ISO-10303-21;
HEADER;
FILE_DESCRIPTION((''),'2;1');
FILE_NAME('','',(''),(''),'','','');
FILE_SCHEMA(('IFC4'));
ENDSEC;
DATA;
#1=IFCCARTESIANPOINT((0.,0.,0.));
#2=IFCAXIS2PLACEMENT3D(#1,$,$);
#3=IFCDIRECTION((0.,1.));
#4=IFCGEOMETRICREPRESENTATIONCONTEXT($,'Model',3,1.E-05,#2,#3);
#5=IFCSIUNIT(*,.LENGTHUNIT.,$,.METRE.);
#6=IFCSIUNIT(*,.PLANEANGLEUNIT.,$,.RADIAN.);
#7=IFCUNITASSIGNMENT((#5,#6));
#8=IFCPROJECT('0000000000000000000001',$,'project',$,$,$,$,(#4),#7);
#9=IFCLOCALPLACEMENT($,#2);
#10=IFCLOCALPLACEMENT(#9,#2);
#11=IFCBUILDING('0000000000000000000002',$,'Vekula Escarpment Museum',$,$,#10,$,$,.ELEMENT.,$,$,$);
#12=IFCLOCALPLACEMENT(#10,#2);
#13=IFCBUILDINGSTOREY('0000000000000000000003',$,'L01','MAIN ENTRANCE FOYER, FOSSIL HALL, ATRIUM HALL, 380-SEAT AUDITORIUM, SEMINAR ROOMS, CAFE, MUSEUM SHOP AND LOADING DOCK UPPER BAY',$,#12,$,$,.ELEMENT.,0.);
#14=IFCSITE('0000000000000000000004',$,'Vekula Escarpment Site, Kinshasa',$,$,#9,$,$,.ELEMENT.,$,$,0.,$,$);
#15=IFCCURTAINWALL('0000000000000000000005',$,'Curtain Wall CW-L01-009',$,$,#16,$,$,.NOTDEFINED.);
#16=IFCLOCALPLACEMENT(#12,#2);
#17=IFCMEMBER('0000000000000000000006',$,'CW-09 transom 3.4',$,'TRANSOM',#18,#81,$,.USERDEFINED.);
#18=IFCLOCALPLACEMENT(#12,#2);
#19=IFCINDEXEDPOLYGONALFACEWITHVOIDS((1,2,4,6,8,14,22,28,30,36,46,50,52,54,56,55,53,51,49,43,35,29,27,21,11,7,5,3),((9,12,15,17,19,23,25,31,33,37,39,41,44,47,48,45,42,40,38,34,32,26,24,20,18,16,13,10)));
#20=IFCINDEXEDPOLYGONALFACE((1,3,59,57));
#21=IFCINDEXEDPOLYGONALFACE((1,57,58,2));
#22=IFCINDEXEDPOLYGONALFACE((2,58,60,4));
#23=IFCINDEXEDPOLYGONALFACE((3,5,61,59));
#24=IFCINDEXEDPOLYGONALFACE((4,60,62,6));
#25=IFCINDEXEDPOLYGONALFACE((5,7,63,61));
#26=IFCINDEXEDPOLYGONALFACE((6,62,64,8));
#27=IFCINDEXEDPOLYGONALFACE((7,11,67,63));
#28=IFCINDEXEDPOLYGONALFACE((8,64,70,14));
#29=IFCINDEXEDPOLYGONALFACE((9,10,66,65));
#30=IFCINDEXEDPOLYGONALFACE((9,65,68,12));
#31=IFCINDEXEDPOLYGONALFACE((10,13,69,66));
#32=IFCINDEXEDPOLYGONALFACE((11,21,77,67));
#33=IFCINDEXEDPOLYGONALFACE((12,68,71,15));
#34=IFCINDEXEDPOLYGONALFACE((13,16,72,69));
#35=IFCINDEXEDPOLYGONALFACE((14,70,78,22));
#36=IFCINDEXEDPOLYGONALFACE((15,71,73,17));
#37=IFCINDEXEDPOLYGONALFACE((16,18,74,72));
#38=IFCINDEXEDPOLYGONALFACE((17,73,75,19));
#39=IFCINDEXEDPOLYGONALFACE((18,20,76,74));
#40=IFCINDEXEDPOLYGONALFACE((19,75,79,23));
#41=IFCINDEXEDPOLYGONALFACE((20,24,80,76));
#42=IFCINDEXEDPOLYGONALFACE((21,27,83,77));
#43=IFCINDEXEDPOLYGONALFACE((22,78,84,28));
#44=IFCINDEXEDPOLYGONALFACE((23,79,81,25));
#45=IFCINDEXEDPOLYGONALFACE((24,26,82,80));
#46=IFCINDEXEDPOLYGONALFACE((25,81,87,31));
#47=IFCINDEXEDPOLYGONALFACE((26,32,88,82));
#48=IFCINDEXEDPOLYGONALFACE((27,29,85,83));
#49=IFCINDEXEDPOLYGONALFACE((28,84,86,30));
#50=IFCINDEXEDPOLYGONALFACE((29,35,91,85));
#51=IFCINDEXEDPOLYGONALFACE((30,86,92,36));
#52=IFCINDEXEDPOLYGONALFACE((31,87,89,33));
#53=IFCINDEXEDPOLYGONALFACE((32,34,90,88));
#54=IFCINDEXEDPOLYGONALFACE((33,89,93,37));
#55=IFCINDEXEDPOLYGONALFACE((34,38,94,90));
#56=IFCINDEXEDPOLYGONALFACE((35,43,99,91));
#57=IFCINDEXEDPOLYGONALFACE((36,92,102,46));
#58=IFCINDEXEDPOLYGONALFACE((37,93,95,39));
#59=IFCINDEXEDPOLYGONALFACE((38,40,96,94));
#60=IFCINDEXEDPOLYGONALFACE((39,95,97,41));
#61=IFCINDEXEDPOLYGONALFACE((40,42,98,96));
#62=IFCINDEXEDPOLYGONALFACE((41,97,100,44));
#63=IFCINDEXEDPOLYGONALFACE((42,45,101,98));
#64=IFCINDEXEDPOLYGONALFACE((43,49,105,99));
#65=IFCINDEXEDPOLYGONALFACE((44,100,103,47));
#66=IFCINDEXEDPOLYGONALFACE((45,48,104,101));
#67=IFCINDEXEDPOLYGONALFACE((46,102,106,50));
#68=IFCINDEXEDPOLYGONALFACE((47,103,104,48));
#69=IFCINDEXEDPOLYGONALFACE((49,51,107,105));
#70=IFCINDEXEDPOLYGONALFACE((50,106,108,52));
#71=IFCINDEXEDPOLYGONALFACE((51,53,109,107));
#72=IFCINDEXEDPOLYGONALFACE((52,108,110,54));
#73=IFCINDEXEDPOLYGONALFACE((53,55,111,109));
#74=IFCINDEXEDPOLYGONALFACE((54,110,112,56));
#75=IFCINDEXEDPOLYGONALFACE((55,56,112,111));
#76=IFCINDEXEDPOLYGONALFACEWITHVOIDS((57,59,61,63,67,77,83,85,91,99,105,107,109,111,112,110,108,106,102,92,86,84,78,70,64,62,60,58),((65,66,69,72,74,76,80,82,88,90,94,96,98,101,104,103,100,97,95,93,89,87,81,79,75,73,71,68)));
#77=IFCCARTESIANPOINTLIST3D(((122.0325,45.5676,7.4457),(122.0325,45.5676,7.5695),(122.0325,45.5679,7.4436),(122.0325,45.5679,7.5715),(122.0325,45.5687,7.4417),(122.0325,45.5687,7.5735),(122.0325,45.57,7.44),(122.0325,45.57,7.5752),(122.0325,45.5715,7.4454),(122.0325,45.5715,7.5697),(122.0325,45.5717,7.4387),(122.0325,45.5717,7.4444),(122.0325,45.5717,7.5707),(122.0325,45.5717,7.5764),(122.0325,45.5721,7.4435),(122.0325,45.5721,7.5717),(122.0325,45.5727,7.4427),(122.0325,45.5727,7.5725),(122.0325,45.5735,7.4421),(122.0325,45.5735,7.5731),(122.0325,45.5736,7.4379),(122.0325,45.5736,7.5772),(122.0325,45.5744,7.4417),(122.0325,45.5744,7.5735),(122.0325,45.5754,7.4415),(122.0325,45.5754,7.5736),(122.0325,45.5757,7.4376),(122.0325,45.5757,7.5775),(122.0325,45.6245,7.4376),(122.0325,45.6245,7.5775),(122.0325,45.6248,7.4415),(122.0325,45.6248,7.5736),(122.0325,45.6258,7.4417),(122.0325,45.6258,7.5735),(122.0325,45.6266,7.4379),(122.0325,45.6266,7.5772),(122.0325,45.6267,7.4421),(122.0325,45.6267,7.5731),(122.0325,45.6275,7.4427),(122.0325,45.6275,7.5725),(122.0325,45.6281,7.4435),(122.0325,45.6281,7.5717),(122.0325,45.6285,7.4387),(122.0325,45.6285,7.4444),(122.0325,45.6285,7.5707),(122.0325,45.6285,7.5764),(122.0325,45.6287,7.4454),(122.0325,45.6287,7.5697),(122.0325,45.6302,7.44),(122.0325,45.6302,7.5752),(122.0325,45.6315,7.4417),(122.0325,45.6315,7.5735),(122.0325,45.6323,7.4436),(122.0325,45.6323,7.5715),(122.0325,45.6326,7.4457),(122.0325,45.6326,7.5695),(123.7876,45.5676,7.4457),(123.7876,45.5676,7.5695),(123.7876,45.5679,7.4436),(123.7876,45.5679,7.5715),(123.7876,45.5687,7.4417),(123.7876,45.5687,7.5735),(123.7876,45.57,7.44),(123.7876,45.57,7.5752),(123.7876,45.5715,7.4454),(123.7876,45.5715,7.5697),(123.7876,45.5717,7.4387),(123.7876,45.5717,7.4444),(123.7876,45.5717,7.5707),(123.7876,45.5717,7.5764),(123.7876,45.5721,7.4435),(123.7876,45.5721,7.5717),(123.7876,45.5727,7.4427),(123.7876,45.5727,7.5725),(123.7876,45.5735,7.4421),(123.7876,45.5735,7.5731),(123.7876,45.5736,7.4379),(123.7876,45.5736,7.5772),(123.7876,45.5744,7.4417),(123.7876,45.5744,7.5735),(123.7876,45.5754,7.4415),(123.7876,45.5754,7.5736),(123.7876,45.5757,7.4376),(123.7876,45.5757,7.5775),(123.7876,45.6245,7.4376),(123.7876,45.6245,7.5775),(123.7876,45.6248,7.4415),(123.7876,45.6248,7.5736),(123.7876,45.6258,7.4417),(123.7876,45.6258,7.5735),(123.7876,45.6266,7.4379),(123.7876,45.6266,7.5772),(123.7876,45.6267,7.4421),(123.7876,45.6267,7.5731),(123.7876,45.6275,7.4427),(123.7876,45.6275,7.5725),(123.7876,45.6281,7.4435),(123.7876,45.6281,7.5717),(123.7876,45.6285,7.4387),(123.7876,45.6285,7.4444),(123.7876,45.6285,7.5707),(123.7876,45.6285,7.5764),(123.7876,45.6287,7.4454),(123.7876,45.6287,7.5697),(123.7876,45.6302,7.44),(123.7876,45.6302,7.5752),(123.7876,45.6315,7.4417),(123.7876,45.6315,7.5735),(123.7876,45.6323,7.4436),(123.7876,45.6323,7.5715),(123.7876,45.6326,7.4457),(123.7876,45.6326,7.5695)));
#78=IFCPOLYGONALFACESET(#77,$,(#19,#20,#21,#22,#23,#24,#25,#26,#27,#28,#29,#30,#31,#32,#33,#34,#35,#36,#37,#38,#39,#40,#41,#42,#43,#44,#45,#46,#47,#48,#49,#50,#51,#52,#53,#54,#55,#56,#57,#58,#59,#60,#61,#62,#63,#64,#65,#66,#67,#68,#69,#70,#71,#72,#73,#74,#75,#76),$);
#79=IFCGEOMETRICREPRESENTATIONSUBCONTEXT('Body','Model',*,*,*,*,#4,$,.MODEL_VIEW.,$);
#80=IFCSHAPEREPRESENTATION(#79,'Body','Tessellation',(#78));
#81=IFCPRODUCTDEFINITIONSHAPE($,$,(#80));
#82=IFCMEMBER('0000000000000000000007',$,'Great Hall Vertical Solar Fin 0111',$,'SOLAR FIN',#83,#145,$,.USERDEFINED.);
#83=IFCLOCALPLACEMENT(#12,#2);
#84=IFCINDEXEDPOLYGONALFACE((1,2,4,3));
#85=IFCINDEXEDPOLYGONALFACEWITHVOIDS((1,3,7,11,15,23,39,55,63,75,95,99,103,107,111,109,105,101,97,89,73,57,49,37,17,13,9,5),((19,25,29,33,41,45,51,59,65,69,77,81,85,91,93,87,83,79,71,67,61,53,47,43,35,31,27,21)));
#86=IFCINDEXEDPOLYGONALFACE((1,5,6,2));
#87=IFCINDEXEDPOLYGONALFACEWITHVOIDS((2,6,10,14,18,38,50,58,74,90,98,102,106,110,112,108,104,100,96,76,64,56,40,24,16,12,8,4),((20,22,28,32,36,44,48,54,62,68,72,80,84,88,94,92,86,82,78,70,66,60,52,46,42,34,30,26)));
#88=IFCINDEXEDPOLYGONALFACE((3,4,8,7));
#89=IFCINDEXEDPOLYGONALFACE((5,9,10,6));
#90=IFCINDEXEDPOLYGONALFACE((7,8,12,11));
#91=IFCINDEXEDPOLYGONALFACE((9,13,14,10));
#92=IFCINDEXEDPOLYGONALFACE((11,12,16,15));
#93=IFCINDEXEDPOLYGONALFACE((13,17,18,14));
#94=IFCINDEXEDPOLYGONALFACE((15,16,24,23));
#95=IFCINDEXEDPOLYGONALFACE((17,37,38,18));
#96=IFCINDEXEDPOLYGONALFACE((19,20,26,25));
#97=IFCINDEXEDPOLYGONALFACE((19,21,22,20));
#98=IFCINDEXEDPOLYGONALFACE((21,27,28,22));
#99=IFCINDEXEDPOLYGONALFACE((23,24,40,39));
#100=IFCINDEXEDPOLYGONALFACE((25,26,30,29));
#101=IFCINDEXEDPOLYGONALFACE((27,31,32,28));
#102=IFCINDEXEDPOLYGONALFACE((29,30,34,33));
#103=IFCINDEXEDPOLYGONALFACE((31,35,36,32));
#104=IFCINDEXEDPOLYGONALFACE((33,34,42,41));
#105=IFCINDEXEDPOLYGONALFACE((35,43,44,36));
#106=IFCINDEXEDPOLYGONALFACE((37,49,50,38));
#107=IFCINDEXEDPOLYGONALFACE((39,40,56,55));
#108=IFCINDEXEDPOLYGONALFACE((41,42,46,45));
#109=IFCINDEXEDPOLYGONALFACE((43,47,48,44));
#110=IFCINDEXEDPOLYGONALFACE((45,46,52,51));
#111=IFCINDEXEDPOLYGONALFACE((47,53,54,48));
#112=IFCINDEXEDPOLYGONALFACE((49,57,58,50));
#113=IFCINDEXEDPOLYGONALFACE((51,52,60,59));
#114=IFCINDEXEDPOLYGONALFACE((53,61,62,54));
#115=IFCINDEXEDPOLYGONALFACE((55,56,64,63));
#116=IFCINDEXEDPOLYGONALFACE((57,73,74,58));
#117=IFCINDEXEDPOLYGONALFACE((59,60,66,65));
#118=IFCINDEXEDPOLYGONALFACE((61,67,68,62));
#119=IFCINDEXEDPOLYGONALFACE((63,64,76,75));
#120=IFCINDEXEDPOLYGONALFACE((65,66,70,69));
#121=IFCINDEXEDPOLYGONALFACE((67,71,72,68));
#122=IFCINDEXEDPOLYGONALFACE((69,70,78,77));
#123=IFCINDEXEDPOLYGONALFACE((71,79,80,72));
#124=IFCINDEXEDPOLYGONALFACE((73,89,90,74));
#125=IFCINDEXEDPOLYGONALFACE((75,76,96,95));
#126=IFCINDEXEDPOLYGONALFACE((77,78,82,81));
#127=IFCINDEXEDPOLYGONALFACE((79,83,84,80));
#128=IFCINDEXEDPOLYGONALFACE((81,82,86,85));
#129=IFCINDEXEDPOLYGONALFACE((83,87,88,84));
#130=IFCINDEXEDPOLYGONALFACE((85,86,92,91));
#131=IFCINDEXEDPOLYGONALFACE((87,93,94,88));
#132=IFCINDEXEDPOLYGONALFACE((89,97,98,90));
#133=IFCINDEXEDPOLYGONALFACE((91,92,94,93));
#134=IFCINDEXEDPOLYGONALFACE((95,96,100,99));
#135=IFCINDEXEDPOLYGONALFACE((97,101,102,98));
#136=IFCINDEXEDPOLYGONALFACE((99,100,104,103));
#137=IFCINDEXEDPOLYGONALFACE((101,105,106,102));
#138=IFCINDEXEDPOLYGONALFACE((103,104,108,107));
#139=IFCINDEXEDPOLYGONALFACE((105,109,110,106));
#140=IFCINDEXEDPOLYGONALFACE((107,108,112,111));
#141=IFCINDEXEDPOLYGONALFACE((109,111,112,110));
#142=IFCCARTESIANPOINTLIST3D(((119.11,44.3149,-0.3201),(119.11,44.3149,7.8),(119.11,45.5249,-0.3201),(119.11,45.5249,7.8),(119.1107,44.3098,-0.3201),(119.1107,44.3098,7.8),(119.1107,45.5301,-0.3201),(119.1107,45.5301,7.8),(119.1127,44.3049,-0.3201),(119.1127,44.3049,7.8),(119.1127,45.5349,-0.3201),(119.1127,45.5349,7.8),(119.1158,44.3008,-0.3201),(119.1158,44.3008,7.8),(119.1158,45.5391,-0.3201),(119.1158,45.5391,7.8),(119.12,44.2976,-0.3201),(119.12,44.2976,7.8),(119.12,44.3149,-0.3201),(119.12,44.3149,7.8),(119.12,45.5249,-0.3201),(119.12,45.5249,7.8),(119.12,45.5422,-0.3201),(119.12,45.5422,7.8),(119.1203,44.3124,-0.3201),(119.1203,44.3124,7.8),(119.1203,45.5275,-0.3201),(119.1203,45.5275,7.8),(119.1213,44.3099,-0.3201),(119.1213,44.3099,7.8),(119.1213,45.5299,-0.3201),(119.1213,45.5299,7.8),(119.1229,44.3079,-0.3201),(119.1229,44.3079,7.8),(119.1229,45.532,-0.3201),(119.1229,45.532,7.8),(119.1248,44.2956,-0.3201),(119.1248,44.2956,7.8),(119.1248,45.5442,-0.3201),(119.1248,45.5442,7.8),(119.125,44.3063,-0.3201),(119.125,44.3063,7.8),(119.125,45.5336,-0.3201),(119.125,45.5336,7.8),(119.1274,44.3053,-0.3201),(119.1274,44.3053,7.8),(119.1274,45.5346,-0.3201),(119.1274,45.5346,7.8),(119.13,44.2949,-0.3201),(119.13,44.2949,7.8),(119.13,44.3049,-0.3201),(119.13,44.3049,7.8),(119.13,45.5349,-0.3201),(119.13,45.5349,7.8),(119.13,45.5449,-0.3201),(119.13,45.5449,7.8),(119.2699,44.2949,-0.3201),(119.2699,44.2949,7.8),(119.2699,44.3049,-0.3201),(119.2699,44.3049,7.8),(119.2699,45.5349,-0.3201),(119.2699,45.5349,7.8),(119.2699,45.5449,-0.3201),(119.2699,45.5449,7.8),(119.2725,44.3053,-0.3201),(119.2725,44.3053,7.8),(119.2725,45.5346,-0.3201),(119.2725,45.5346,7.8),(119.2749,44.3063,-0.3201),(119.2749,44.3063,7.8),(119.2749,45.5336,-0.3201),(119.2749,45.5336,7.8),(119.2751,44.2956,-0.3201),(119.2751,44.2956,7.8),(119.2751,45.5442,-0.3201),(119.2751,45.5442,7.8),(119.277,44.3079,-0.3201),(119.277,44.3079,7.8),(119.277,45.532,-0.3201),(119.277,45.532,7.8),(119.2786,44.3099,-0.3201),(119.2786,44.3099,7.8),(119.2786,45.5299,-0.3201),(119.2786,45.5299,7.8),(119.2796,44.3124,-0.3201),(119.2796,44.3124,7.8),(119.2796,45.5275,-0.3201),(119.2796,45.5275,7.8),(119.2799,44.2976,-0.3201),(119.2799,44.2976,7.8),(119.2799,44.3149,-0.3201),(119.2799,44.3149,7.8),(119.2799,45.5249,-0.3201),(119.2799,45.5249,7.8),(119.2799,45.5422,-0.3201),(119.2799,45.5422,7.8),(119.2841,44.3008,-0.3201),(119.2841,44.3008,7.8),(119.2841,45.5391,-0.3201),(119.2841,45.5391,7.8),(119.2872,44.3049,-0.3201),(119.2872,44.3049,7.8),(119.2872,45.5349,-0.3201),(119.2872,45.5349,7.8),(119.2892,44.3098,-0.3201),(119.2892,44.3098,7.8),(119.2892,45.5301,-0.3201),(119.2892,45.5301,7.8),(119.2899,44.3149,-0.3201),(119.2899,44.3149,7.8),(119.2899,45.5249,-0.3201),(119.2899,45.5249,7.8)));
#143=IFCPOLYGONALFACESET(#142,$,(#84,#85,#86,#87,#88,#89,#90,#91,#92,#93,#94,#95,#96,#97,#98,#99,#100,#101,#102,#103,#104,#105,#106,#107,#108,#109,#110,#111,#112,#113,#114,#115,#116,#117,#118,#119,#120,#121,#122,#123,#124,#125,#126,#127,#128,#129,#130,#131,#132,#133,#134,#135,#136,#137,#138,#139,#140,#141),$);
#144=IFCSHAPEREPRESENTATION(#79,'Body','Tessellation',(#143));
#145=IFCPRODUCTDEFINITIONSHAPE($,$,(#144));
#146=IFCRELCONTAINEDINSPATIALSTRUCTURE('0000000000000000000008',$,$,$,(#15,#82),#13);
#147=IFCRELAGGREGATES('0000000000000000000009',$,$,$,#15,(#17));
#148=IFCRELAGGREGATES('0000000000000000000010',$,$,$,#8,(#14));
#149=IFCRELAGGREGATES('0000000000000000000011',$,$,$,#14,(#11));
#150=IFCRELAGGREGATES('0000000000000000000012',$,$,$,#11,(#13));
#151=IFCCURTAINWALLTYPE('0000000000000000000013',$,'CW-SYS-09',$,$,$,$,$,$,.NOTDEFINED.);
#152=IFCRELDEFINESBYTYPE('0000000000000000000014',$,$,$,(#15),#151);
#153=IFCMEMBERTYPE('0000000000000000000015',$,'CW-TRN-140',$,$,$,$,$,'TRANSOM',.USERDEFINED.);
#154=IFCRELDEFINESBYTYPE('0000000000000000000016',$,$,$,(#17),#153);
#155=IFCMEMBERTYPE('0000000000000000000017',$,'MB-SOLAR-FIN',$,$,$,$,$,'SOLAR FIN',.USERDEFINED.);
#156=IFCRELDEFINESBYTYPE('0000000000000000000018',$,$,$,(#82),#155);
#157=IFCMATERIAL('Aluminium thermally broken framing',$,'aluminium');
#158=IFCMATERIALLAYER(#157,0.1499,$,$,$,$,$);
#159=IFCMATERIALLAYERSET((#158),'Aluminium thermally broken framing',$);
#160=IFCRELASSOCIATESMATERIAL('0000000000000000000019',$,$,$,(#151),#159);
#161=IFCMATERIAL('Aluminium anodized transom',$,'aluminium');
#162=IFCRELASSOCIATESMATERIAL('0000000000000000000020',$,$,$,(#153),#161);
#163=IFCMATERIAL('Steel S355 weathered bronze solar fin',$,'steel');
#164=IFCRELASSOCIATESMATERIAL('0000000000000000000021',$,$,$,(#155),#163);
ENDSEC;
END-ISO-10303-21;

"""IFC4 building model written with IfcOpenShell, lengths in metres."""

from ifc_helpers import new_model, si_unit, direction, frame, origin, origin_2d, place, context, subcontext, project, spatial, hollow_rectangle, extrude, material, layer, layer_set, material_profile, profile_set, type_object, element, aggregate, save


model = new_model("IFC4")

# Units and contexts
model_context = context("Model", 3, precision=1e-05, world=origin(), true_north=direction((0.0, 1.0)))
body_context = subcontext(model_context, "Body", "Model", "MODEL_VIEW")
ifc_project = project(units=[si_unit("LENGTHUNIT", "METRE"), si_unit("PLANEANGLEUNIT", "RADIAN")], contexts=[model_context])

# Site, building, storey
site_placement = place(None, origin())
site = spatial("IfcSite", under=ifc_project, at=site_placement, Name="Vekula Escarpment Site, Kinshasa", CompositionType="ELEMENT", RefElevation=0.0)
building_placement = place(site_placement, origin())
building = spatial("IfcBuilding", under=site, at=building_placement, Name="Vekula Escarpment Museum", CompositionType="ELEMENT")
storey_placement = place(building_placement, origin())
storey = spatial("IfcBuildingStorey", under=building, at=storey_placement, Name="L01", Description="MAIN ENTRANCE FOYER, FOSSIL HALL, ATRIUM HALL, 380-SEAT AUDITORIUM, SEMINAR ROOMS, CAFE, MUSEUM SHOP AND LOADING DOCK UPPER BAY", CompositionType="ELEMENT", Elevation=0.0)

# Curtain wall, member
ifc_material_1 = material(Name="Aluminium thermally broken framing", Category="aluminium")
ifc_layer_1 = layer(ifc_material_1, 0.1499)
ifc_layer_set_1 = layer_set([ifc_layer_1], Name="Aluminium thermally broken framing")
curtain_wall_type = type_object("IfcCurtainWallType", Name="CW-SYS-09", PredefinedType="NOTDEFINED", material=ifc_layer_set_1)
curtain_wall_placement = place(storey_placement, origin())
curtain_wall = element("IfcCurtainWall", 1, at=curtain_wall_placement, inside=storey, type_object=curtain_wall_type, Name="Curtain Wall CW-L01-009", PredefinedType="NOTDEFINED")
ifc_material_2 = material(Name="Aluminium anodized transom", Category="aluminium")
ifc_material_profile_1 = material_profile(ifc_material_2, hollow_rectangle(XDim=0.0649, YDim=0.1399, WallThickness=0.0039, InnerFilletRadius=0.0039, OuterFilletRadius=0.0081, at=origin_2d()), Name="ALU 140x65x4")
ifc_profile_set_1 = profile_set([ifc_material_profile_1], Name="Aluminium anodized transom")
member_type_1 = type_object("IfcMemberType", Name="CW-TRN-140", ElementType="TRANSOM", PredefinedType="USERDEFINED", material=ifc_profile_set_1)
member_1_placement = place(storey_placement, frame((122.0325, 45.6001, 7.5076), z_axis=(1.0, 0.0, 0.0), x_axis=(0.0, 1.0, 0.0)))
member_1 = element("IfcMember", 2, at=member_1_placement, type_object=member_type_1, Name="CW-09 transom 3.4", ObjectType="TRANSOM", PredefinedType="USERDEFINED", context=body_context, shape_type="SweptSolid", body=[
    extrude(hollow_rectangle(XDim=0.0649, YDim=0.1399, WallThickness=0.0039, InnerFilletRadius=0.0039, OuterFilletRadius=0.0081, at=origin_2d()), origin(), (0.0, 0.0, 1.0), 1.7551),
])

# Member
ifc_material_3 = material(Name="Steel S355 weathered bronze solar fin", Category="steel")
ifc_material_profile_2 = material_profile(ifc_material_3, hollow_rectangle(XDim=0.1799, YDim=1.25, WallThickness=0.01, InnerFilletRadius=0.01, OuterFilletRadius=0.02, at=origin_2d()), Name="RHS 1250x180x10")
ifc_profile_set_2 = profile_set([ifc_material_profile_2], Name="Steel S355 weathered bronze solar fin")
member_type_2 = type_object("IfcMemberType", Name="MB-SOLAR-FIN", ElementType="SOLAR FIN", PredefinedType="USERDEFINED", material=ifc_profile_set_2)
for number, where, z_axis, x_axis, name in (
    (3, (119.2, 44.9199, -0.3201), (0.0, 0.0, 1.0), (1.0, 0.0, 0.0), "Great Hall Vertical Solar Fin 0111"),
):
    element("IfcMember", number, at=place(storey_placement, frame(where, z_axis=z_axis, x_axis=x_axis)), inside=storey, type_object=member_type_2, Name=name, ObjectType="SOLAR FIN", PredefinedType="USERDEFINED", context=body_context, shape_type="SweptSolid", body=[
        extrude(hollow_rectangle(XDim=0.1799, YDim=1.25, WallThickness=0.01, InnerFilletRadius=0.01, OuterFilletRadius=0.02, at=origin_2d()), origin(), (0.0, 0.0, 1.0), 8.1201),
    ])

aggregate(curtain_wall, [member_1])

save(model, "model.ifc")
